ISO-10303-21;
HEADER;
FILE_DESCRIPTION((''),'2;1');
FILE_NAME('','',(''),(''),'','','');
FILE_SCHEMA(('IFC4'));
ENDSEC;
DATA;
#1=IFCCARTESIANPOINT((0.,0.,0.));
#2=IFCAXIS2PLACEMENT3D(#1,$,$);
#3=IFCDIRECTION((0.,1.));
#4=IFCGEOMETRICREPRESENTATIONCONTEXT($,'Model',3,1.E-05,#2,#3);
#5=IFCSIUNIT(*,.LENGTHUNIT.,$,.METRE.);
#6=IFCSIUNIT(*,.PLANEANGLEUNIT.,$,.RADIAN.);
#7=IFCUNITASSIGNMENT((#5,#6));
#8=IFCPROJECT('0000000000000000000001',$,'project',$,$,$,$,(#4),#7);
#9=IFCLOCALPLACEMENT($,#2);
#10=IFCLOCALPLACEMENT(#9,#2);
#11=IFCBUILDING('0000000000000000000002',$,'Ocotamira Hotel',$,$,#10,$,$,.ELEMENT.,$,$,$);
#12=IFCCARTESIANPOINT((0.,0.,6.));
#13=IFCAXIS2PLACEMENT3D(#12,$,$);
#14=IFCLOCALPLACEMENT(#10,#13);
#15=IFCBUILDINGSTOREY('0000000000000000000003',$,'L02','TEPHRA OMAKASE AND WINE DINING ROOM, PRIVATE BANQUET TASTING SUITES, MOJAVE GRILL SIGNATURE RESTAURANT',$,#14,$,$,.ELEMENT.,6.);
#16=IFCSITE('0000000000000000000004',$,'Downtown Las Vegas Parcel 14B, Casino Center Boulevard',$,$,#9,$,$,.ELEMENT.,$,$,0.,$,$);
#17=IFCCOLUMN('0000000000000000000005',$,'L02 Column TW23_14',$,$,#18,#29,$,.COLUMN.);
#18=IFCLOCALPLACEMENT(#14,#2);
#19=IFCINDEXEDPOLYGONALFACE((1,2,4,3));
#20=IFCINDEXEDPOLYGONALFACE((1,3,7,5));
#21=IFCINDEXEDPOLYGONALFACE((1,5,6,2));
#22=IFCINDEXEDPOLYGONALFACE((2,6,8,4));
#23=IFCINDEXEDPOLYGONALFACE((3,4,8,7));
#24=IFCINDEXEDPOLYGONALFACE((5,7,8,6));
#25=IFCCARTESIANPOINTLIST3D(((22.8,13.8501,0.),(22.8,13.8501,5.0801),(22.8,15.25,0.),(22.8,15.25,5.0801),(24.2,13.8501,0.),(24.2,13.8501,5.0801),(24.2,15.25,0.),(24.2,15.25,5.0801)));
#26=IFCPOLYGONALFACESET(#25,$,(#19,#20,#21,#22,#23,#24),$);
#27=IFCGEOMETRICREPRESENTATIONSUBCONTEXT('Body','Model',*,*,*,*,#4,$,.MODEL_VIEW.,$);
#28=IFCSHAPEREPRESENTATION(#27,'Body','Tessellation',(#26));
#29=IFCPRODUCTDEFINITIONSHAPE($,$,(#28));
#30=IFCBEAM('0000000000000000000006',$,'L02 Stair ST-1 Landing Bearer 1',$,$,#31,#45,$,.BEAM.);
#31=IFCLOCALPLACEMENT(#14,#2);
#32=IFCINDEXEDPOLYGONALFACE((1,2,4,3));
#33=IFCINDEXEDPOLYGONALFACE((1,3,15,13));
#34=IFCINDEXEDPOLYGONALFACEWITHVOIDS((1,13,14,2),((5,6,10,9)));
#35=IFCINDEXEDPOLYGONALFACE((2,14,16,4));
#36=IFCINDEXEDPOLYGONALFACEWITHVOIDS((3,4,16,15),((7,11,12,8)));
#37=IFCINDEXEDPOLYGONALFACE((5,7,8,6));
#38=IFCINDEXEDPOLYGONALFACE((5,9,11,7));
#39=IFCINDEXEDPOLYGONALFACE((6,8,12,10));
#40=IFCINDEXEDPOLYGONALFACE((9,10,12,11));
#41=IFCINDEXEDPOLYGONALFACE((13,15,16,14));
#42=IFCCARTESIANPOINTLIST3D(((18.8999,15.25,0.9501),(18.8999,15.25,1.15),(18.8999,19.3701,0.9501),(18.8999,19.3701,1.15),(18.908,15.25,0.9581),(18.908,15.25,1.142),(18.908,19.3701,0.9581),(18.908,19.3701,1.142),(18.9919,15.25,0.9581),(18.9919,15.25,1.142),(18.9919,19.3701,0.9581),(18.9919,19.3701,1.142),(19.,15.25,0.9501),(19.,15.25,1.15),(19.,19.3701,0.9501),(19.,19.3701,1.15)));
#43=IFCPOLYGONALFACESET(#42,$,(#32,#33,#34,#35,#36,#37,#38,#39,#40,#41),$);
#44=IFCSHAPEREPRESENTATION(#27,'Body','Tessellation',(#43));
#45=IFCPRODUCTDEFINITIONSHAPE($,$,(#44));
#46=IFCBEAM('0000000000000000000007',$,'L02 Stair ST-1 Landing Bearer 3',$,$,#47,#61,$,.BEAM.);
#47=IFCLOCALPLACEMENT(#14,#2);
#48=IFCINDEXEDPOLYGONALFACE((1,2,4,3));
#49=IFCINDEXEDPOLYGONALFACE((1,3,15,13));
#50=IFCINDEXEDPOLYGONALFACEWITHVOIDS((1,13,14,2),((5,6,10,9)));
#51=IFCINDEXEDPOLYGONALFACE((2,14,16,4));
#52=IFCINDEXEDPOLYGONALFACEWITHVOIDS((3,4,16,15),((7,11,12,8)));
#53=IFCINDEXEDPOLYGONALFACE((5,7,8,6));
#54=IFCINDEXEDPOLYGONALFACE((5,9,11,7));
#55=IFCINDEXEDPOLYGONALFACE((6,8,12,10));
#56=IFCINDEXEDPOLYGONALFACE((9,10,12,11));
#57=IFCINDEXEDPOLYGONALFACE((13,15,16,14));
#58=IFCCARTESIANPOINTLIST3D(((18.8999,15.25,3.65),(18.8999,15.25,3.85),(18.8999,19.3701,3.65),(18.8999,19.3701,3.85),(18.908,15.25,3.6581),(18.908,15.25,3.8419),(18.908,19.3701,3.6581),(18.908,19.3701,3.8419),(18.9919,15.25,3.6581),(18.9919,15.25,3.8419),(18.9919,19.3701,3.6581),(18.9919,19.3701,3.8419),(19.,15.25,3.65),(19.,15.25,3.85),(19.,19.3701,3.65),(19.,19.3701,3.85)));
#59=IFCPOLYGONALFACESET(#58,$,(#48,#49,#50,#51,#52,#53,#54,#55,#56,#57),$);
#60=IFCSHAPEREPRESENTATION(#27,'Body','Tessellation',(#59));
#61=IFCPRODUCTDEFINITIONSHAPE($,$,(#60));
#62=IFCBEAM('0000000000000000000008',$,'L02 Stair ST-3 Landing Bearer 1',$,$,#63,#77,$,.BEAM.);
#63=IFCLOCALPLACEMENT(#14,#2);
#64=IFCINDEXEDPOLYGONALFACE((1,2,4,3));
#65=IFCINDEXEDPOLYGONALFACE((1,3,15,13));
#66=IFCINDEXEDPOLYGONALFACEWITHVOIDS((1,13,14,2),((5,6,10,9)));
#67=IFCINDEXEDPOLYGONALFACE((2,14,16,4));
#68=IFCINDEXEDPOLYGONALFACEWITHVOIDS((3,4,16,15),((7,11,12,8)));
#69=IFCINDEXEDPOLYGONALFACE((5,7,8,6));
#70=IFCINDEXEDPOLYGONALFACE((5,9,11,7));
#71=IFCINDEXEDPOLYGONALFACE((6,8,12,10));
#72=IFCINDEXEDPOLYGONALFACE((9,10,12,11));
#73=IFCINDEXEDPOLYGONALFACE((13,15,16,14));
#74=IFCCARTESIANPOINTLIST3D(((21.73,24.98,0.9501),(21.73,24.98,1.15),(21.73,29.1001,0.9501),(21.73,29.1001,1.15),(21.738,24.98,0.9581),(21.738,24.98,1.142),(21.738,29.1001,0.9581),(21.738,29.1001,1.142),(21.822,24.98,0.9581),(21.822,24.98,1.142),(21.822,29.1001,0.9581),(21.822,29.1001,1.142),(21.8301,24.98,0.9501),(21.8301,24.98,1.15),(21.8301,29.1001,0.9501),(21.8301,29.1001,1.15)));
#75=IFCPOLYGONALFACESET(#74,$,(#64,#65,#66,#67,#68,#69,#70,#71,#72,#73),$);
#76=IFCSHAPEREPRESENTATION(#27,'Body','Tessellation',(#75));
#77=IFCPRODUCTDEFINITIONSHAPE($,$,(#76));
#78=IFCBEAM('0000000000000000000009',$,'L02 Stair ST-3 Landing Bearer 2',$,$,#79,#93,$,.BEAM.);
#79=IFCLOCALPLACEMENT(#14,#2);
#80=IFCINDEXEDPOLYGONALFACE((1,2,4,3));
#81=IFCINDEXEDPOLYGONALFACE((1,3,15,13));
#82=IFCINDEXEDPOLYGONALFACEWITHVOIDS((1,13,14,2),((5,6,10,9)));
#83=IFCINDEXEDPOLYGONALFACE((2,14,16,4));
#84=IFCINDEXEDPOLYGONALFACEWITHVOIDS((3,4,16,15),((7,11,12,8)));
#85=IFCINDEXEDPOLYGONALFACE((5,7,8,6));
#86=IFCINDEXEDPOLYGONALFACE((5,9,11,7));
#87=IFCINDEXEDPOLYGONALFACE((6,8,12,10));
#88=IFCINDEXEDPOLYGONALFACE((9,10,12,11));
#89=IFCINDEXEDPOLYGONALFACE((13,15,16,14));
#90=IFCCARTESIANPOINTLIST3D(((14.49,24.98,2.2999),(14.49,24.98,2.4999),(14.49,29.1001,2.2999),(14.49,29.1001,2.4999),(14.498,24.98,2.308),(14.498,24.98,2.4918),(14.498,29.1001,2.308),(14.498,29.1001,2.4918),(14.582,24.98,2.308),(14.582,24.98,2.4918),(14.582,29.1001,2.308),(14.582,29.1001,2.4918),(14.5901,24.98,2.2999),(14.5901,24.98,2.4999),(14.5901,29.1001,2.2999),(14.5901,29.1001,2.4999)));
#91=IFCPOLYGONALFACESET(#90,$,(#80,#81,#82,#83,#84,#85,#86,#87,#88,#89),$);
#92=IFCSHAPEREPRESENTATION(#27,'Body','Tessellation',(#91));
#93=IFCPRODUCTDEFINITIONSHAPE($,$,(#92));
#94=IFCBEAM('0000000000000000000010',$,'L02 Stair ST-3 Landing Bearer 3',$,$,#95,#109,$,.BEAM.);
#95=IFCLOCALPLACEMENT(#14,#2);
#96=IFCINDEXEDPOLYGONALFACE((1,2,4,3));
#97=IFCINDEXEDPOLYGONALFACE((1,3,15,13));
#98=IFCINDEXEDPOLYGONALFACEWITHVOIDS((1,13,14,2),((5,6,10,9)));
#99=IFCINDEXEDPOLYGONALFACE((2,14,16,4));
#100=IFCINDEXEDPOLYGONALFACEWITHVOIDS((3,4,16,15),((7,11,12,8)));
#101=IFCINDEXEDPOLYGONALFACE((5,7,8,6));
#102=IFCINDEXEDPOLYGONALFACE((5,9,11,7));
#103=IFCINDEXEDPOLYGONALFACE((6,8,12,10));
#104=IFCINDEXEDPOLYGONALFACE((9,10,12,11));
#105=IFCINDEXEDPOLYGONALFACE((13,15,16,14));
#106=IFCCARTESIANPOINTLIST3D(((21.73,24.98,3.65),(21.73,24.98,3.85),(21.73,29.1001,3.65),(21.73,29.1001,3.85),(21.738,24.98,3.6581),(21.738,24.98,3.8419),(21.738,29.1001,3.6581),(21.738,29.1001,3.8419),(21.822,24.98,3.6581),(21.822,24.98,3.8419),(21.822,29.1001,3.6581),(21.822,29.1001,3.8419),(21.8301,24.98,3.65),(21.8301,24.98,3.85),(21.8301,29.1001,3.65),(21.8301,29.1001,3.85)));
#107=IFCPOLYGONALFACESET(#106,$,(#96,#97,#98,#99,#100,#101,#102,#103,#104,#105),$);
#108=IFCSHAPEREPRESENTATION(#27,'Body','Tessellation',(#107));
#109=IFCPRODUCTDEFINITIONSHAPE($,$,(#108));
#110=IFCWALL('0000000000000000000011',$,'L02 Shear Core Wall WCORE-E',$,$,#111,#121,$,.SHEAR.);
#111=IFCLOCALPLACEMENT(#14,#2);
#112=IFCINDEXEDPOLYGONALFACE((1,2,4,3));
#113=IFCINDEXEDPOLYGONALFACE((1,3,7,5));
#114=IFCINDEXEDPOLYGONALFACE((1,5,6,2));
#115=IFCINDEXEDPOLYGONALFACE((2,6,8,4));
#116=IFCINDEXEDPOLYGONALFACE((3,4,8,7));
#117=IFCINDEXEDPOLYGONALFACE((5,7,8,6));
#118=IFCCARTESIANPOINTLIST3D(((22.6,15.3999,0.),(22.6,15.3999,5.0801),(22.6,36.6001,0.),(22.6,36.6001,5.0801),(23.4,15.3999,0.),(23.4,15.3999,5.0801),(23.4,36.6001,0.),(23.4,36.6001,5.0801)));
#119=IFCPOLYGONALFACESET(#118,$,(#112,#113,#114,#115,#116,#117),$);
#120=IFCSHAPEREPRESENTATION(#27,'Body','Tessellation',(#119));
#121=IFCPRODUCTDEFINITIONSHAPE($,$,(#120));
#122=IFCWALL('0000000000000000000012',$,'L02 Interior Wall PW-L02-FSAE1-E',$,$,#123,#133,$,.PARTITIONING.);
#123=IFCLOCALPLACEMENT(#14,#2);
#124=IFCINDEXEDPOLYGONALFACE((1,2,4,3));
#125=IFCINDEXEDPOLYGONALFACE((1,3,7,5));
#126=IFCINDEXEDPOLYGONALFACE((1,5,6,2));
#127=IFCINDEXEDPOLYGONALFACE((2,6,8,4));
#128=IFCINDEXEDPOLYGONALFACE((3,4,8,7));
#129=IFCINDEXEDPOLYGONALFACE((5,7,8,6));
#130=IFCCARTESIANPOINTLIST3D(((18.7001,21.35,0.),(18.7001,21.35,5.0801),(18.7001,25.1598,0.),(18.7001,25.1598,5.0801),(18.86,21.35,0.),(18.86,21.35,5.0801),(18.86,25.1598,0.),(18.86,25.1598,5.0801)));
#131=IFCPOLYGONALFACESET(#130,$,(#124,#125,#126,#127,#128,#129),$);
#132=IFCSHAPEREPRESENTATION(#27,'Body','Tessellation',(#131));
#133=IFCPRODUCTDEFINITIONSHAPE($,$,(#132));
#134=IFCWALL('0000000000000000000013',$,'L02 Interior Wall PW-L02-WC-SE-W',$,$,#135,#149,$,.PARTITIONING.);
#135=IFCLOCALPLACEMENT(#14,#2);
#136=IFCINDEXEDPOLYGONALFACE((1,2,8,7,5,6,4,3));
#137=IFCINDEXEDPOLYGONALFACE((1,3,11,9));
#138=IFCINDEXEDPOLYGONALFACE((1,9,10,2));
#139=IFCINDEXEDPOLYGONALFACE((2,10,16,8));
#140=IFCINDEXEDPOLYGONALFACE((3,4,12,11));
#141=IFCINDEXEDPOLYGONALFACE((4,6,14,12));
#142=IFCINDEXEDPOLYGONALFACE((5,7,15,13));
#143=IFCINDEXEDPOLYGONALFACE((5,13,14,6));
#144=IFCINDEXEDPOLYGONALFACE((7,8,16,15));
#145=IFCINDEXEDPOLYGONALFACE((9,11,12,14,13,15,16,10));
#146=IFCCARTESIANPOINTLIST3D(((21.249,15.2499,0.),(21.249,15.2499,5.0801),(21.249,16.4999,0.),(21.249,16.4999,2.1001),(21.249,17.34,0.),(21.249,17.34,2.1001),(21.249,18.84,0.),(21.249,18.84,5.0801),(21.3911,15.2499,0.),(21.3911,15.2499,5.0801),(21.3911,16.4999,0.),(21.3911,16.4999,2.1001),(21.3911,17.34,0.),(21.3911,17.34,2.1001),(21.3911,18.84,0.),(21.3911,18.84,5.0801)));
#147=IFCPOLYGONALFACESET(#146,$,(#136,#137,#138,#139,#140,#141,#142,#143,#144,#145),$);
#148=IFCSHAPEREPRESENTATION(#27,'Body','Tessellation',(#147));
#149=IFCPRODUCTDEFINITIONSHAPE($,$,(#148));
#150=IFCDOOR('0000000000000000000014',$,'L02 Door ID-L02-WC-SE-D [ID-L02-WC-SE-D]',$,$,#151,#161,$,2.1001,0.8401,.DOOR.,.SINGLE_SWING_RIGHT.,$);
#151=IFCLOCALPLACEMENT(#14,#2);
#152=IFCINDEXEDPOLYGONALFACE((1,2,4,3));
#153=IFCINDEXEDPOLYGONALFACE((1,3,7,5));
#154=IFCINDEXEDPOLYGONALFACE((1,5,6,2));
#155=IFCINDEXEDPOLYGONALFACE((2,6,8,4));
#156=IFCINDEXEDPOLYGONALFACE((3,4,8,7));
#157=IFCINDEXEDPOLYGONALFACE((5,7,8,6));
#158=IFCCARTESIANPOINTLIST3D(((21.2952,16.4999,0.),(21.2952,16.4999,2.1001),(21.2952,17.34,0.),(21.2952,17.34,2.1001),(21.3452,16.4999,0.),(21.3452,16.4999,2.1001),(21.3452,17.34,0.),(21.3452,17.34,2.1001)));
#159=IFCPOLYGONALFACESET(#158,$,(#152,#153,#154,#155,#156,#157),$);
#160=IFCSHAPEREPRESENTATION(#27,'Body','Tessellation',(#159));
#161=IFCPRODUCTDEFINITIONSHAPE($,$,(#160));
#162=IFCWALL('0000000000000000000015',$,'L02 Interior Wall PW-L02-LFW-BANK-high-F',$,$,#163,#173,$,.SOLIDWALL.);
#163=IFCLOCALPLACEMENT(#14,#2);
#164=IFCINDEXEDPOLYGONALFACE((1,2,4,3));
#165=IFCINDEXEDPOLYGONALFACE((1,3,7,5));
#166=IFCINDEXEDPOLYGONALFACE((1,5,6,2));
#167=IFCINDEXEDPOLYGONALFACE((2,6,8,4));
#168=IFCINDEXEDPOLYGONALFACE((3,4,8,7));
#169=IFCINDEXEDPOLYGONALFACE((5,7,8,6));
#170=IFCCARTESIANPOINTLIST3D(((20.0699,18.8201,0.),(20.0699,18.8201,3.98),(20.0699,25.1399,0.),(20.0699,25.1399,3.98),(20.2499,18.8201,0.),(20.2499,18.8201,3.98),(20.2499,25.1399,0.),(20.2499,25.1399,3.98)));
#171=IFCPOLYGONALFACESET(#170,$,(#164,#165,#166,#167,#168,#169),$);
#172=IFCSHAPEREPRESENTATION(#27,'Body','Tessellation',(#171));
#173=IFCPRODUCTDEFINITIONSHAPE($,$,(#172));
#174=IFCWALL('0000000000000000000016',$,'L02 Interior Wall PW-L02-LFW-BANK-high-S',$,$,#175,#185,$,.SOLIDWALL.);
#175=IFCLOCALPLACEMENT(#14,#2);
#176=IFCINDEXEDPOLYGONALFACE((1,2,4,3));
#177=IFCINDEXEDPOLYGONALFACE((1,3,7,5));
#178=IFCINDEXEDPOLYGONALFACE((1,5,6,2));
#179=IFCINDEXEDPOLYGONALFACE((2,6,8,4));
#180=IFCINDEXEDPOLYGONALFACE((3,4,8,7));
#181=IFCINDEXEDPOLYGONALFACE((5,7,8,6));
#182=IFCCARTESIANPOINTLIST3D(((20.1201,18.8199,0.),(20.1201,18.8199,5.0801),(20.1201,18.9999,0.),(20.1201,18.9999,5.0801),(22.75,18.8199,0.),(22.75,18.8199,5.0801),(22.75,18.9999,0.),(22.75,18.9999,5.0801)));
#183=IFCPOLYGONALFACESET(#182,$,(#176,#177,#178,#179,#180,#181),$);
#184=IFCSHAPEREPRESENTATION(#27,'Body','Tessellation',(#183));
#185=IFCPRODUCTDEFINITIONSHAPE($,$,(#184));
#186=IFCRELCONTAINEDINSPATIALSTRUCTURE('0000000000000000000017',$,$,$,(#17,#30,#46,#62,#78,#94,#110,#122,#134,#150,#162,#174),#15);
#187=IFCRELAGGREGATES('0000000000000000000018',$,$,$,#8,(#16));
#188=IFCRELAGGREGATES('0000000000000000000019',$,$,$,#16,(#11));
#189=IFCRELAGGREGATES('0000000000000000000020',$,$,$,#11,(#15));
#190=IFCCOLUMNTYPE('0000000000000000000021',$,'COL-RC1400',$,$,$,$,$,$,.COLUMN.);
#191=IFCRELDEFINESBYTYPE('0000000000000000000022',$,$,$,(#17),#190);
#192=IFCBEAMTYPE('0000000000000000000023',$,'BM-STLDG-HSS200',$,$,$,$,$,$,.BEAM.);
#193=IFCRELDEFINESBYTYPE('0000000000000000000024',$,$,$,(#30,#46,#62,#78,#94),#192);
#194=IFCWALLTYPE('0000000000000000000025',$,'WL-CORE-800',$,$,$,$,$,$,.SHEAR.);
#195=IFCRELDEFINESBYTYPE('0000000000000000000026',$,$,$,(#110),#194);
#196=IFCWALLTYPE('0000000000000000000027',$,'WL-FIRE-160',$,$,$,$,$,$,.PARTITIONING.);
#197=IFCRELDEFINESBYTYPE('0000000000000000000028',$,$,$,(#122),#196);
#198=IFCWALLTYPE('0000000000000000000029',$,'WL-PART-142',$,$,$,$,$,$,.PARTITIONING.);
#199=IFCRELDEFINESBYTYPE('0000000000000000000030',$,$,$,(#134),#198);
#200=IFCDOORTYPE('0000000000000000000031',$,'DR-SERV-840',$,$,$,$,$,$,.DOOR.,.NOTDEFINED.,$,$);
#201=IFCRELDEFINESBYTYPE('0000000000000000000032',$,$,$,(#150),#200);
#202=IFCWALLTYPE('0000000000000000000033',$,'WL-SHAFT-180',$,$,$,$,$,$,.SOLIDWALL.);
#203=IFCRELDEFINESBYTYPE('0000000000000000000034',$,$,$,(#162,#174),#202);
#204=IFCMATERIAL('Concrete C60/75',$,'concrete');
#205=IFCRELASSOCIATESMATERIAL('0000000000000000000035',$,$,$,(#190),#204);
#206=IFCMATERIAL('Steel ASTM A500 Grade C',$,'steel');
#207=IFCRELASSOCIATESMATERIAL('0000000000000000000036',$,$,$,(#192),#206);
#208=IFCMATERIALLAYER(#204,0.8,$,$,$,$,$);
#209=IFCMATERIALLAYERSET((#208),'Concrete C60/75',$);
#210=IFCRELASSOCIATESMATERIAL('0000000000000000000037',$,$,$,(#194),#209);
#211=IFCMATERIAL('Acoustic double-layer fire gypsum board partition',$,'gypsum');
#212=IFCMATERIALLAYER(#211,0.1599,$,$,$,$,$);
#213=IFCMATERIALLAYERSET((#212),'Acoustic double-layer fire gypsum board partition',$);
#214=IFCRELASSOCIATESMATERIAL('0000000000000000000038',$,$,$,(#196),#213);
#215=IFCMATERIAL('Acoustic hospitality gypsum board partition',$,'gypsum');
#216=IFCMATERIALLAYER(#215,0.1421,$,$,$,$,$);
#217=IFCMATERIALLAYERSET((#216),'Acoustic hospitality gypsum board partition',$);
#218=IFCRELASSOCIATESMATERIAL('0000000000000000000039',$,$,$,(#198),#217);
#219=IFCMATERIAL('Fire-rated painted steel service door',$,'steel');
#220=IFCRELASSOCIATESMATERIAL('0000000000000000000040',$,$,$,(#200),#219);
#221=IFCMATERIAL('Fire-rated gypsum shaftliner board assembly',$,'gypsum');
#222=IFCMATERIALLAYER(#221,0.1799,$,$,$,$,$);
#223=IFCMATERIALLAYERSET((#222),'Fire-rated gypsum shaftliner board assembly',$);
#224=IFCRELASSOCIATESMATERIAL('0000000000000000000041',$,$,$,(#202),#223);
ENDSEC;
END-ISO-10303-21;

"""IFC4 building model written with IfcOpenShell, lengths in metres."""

from ifc_helpers import new_model, si_unit, direction, frame, frame_2d, origin, origin_2d, place, context, subcontext, project, spatial, rectangle, hollow_rectangle, extrude, source, transform, mapped, material, layer, layer_set, material_profile, profile_set, type_object, element, fill, save


model = new_model("IFC4")

# Units and contexts
model_context = context("Model", 3, precision=1e-05, world=origin(), true_north=direction((0.0, 1.0)))
body_context = subcontext(model_context, "Body", "Model", "MODEL_VIEW")
ifc_project = project(units=[si_unit("LENGTHUNIT", "METRE"), si_unit("PLANEANGLEUNIT", "RADIAN")], contexts=[model_context])

# Site, building, storey
site_placement = place(None, origin())
site = spatial("IfcSite", under=ifc_project, at=site_placement, Name="Downtown Las Vegas Parcel 14B, Casino Center Boulevard", CompositionType="ELEMENT", RefElevation=0.0)
building_placement = place(site_placement, origin())
building = spatial("IfcBuilding", under=site, at=building_placement, Name="Ocotamira Hotel", CompositionType="ELEMENT")
storey_placement = place(building_placement, frame((0.0, 0.0, 6.0)))
storey = spatial("IfcBuildingStorey", under=building, at=storey_placement, Name="L02", Description="TEPHRA OMAKASE AND WINE DINING ROOM, PRIVATE BANQUET TASTING SUITES, MOJAVE GRILL SIGNATURE RESTAURANT", CompositionType="ELEMENT", Elevation=6.0)

# Column
ifc_material_1 = material(Name="Concrete C60/75", Category="concrete")
ifc_material_profile_1 = material_profile(ifc_material_1, rectangle(XDim=1.3999, YDim=1.3999, at=origin_2d()), Name="RC1400X1400")
ifc_profile_set_1 = profile_set([ifc_material_profile_1], Name="Concrete C60/75")
column_type = type_object("IfcColumnType", Name="COL-RC1400", PredefinedType="COLUMN", material=ifc_profile_set_1)
shared_shape_1 = source(origin(), body_context, "Body", "SweptSolid", [
    extrude(rectangle(XDim=1.3999, YDim=1.3999, at=origin_2d()), origin(), (0.0, 0.0, 1.0), 5.0801),
])
column_placement = place(storey_placement, frame((23.5, 14.55, 0.0), z_axis=(0.0, 0.0, 1.0), x_axis=(1.0, 0.0, 0.0)))
element("IfcColumn", 1, at=column_placement, inside=storey, type_object=column_type, Name="L02 Column TW23_14", PredefinedType="COLUMN", context=body_context, shape_type="MappedRepresentation", body=[
    mapped(shared_shape_1, transform((0.0, 0.0, 0.0), scale=1.0)),
])

# Beams
ifc_material_2 = material(Name="Steel ASTM A500 Grade C", Category="steel")
ifc_material_profile_2 = material_profile(ifc_material_2, hollow_rectangle(XDim=0.1001, YDim=0.2, WallThickness=0.0081, at=origin_2d()), Name="HSS200X100X8")
ifc_profile_set_2 = profile_set([ifc_material_profile_2], Name="Steel ASTM A500 Grade C")
beam_type = type_object("IfcBeamType", Name="BM-STLDG-HSS200", PredefinedType="BEAM", material=ifc_profile_set_2)
shared_shape_2 = source(origin(), body_context, "Body", "SweptSolid", [
    extrude(hollow_rectangle(XDim=0.1001, YDim=0.2, WallThickness=0.0081, at=origin_2d()), origin(), (0.0, 0.0, 1.0), 4.1201),
])
for number, where, z_axis, x_axis, name in (
    (2, (18.95, 15.25, 1.05), (0.0, 1.0, 0.0), (-1.0, 0.0, 0.0), "L02 Stair ST-1 Landing Bearer 1"),
    (3, (18.95, 15.25, 3.75), (0.0, 1.0, 0.0), (-1.0, 0.0, 0.0), "L02 Stair ST-1 Landing Bearer 3"),
    (4, (21.78, 24.98, 1.05), (0.0, 1.0, 0.0), (-1.0, 0.0, 0.0), "L02 Stair ST-3 Landing Bearer 1"),
    (5, (14.54, 24.98, 2.3999), (0.0, 1.0, 0.0), (-1.0, 0.0, 0.0), "L02 Stair ST-3 Landing Bearer 2"),
    (6, (21.78, 24.98, 3.75), (0.0, 1.0, 0.0), (-1.0, 0.0, 0.0), "L02 Stair ST-3 Landing Bearer 3"),
):
    element("IfcBeam", number, at=place(storey_placement, frame(where, z_axis=z_axis, x_axis=x_axis)), inside=storey, type_object=beam_type, Name=name, PredefinedType="BEAM", context=body_context, shape_type="MappedRepresentation", body=[
        mapped(shared_shape_2, transform((0.0, 0.0, 0.0), scale=1.0)),
    ])

# Walls
ifc_layer_1 = layer(ifc_material_1, 0.8)
ifc_layer_set_1 = layer_set([ifc_layer_1], Name="Concrete C60/75")
wall_type_1 = type_object("IfcWallType", Name="WL-CORE-800", PredefinedType="SHEAR", material=ifc_layer_set_1)
wall_1_placement = place(storey_placement, frame((23.0, 15.3999, 0.0), z_axis=(0.0, 0.0, 1.0), x_axis=(0.0, 1.0, 0.0)))
element("IfcWall", 7, at=wall_1_placement, inside=storey, type_object=wall_type_1, Name="L02 Shear Core Wall WCORE-E", PredefinedType="SHEAR", context=body_context, shape_type="SweptSolid", body=[
    extrude(rectangle(XDim=21.2002, YDim=0.8, at=frame_2d((10.6001, 0.0))), origin(), (0.0, 0.0, 1.0), 5.0801),
])
ifc_material_3 = material(Name="Acoustic double-layer fire gypsum board partition", Category="gypsum")
ifc_layer_2 = layer(ifc_material_3, 0.1599)
ifc_layer_set_2 = layer_set([ifc_layer_2], Name="Acoustic double-layer fire gypsum board partition")
wall_type_2 = type_object("IfcWallType", Name="WL-FIRE-160", PredefinedType="PARTITIONING", material=ifc_layer_set_2)
wall_2_placement = place(storey_placement, frame((18.78, 21.3501, 0.0), z_axis=(0.0, 0.0, 1.0), x_axis=(0.0, 1.0, 0.0)))
element("IfcWall", 8, at=wall_2_placement, inside=storey, type_object=wall_type_2, Name="L02 Interior Wall PW-L02-FSAE1-E", PredefinedType="PARTITIONING", context=body_context, shape_type="SweptSolid", body=[
    extrude(rectangle(XDim=3.8098, YDim=0.1599, at=frame_2d((1.9048, 0.0))), origin(), (0.0, 0.0, 1.0), 5.0801),
])

# Wall, opening, door
ifc_material_4 = material(Name="Acoustic hospitality gypsum board partition", Category="gypsum")
ifc_layer_3 = layer(ifc_material_4, 0.1421)
ifc_layer_set_3 = layer_set([ifc_layer_3], Name="Acoustic hospitality gypsum board partition")
wall_type_3 = type_object("IfcWallType", Name="WL-PART-142", PredefinedType="PARTITIONING", material=ifc_layer_set_3)
wall_3_placement = place(storey_placement, frame((21.3201, 15.25, 0.0), z_axis=(0.0, 0.0, 1.0), x_axis=(0.0, 1.0, 0.0)))
wall_3 = element("IfcWall", 9, at=wall_3_placement, inside=storey, type_object=wall_type_3, Name="L02 Interior Wall PW-L02-WC-SE-W", PredefinedType="PARTITIONING", context=body_context, shape_type="SweptSolid", body=[
    extrude(rectangle(XDim=3.5901, YDim=0.1421, at=frame_2d((1.7949, 0.0))), origin(), (0.0, 0.0, 1.0), 5.0801),
])
opening_placement = place(wall_3_placement, frame((1.25, 0.0, 0.0)))
opening = element("IfcOpeningElement", 10, at=opening_placement, cuts=wall_3, PredefinedType="OPENING", context=body_context, shape_type="SweptSolid", body=[
    extrude(rectangle(XDim=0.8401, YDim=2.1001, at=frame_2d((0.4199, 1.05))), frame((0.0, 0.0811, 0.0), z_axis=(0.0, -1.0, 0.0), x_axis=(1.0, 0.0, 0.0)), (0.0, 0.0, 1.0), 0.1621),
])
ifc_material_5 = material(Name="Fire-rated painted steel service door", Category="steel")
door_type = type_object("IfcDoorType", Name="DR-SERV-840", OperationType="NOTDEFINED", PredefinedType="DOOR", material=ifc_material_5)
shared_shape_3 = source(origin(), body_context, "Body", "SweptSolid", [
    extrude(rectangle(XDim=0.8401, YDim=2.1001, at=frame_2d((0.4199, 1.05))), frame((0.0, 0.0249, 0.0), z_axis=(0.0, -1.0, 0.0), x_axis=(1.0, 0.0, 0.0)), (0.0, 0.0, 1.0), 0.05),
])
door_placement = place(opening_placement, origin())
door = element("IfcDoor", 11, at=door_placement, inside=storey, type_object=door_type, Name="L02 Door ID-L02-WC-SE-D [ID-L02-WC-SE-D]", OperationType="SINGLE_SWING_RIGHT", OverallHeight=2.1001, OverallWidth=0.8401, PredefinedType="DOOR", context=body_context, shape_type="MappedRepresentation", body=[
    mapped(shared_shape_3, transform((0.0, 0.0, 0.0), scale=1.0)),
])
fill(opening, door)

# Walls
ifc_material_6 = material(Name="Fire-rated gypsum shaftliner board assembly", Category="gypsum")
ifc_layer_4 = layer(ifc_material_6, 0.1799)
ifc_layer_set_4 = layer_set([ifc_layer_4], Name="Fire-rated gypsum shaftliner board assembly")
wall_type_4 = type_object("IfcWallType", Name="WL-SHAFT-180", PredefinedType="SOLIDWALL", material=ifc_layer_set_4)
wall_4_placement = place(storey_placement, frame((20.1599, 18.8201, 0.0), z_axis=(0.0, 0.0, 1.0), x_axis=(0.0, 1.0, 0.0)))
element("IfcWall", 12, at=wall_4_placement, inside=storey, type_object=wall_type_4, Name="L02 Interior Wall PW-L02-LFW-BANK-high-F", PredefinedType="SOLIDWALL", context=body_context, shape_type="SweptSolid", body=[
    extrude(rectangle(XDim=6.3198, YDim=0.1799, at=frame_2d((3.1599, 0.0))), origin(), (0.0, 0.0, 1.0), 3.98),
])
wall_5_placement = place(storey_placement, frame((20.1201, 18.9099, 0.0), z_axis=(0.0, 0.0, 1.0), x_axis=(1.0, 0.0, 0.0)))
element("IfcWall", 13, at=wall_5_placement, inside=storey, type_object=wall_type_4, Name="L02 Interior Wall PW-L02-LFW-BANK-high-S", PredefinedType="SOLIDWALL", context=body_context, shape_type="SweptSolid", body=[
    extrude(rectangle(XDim=2.6299, YDim=0.1799, at=frame_2d((1.3149, 0.0))), origin(), (0.0, 0.0, 1.0), 5.0801),
])

save(model, "model.ifc")
